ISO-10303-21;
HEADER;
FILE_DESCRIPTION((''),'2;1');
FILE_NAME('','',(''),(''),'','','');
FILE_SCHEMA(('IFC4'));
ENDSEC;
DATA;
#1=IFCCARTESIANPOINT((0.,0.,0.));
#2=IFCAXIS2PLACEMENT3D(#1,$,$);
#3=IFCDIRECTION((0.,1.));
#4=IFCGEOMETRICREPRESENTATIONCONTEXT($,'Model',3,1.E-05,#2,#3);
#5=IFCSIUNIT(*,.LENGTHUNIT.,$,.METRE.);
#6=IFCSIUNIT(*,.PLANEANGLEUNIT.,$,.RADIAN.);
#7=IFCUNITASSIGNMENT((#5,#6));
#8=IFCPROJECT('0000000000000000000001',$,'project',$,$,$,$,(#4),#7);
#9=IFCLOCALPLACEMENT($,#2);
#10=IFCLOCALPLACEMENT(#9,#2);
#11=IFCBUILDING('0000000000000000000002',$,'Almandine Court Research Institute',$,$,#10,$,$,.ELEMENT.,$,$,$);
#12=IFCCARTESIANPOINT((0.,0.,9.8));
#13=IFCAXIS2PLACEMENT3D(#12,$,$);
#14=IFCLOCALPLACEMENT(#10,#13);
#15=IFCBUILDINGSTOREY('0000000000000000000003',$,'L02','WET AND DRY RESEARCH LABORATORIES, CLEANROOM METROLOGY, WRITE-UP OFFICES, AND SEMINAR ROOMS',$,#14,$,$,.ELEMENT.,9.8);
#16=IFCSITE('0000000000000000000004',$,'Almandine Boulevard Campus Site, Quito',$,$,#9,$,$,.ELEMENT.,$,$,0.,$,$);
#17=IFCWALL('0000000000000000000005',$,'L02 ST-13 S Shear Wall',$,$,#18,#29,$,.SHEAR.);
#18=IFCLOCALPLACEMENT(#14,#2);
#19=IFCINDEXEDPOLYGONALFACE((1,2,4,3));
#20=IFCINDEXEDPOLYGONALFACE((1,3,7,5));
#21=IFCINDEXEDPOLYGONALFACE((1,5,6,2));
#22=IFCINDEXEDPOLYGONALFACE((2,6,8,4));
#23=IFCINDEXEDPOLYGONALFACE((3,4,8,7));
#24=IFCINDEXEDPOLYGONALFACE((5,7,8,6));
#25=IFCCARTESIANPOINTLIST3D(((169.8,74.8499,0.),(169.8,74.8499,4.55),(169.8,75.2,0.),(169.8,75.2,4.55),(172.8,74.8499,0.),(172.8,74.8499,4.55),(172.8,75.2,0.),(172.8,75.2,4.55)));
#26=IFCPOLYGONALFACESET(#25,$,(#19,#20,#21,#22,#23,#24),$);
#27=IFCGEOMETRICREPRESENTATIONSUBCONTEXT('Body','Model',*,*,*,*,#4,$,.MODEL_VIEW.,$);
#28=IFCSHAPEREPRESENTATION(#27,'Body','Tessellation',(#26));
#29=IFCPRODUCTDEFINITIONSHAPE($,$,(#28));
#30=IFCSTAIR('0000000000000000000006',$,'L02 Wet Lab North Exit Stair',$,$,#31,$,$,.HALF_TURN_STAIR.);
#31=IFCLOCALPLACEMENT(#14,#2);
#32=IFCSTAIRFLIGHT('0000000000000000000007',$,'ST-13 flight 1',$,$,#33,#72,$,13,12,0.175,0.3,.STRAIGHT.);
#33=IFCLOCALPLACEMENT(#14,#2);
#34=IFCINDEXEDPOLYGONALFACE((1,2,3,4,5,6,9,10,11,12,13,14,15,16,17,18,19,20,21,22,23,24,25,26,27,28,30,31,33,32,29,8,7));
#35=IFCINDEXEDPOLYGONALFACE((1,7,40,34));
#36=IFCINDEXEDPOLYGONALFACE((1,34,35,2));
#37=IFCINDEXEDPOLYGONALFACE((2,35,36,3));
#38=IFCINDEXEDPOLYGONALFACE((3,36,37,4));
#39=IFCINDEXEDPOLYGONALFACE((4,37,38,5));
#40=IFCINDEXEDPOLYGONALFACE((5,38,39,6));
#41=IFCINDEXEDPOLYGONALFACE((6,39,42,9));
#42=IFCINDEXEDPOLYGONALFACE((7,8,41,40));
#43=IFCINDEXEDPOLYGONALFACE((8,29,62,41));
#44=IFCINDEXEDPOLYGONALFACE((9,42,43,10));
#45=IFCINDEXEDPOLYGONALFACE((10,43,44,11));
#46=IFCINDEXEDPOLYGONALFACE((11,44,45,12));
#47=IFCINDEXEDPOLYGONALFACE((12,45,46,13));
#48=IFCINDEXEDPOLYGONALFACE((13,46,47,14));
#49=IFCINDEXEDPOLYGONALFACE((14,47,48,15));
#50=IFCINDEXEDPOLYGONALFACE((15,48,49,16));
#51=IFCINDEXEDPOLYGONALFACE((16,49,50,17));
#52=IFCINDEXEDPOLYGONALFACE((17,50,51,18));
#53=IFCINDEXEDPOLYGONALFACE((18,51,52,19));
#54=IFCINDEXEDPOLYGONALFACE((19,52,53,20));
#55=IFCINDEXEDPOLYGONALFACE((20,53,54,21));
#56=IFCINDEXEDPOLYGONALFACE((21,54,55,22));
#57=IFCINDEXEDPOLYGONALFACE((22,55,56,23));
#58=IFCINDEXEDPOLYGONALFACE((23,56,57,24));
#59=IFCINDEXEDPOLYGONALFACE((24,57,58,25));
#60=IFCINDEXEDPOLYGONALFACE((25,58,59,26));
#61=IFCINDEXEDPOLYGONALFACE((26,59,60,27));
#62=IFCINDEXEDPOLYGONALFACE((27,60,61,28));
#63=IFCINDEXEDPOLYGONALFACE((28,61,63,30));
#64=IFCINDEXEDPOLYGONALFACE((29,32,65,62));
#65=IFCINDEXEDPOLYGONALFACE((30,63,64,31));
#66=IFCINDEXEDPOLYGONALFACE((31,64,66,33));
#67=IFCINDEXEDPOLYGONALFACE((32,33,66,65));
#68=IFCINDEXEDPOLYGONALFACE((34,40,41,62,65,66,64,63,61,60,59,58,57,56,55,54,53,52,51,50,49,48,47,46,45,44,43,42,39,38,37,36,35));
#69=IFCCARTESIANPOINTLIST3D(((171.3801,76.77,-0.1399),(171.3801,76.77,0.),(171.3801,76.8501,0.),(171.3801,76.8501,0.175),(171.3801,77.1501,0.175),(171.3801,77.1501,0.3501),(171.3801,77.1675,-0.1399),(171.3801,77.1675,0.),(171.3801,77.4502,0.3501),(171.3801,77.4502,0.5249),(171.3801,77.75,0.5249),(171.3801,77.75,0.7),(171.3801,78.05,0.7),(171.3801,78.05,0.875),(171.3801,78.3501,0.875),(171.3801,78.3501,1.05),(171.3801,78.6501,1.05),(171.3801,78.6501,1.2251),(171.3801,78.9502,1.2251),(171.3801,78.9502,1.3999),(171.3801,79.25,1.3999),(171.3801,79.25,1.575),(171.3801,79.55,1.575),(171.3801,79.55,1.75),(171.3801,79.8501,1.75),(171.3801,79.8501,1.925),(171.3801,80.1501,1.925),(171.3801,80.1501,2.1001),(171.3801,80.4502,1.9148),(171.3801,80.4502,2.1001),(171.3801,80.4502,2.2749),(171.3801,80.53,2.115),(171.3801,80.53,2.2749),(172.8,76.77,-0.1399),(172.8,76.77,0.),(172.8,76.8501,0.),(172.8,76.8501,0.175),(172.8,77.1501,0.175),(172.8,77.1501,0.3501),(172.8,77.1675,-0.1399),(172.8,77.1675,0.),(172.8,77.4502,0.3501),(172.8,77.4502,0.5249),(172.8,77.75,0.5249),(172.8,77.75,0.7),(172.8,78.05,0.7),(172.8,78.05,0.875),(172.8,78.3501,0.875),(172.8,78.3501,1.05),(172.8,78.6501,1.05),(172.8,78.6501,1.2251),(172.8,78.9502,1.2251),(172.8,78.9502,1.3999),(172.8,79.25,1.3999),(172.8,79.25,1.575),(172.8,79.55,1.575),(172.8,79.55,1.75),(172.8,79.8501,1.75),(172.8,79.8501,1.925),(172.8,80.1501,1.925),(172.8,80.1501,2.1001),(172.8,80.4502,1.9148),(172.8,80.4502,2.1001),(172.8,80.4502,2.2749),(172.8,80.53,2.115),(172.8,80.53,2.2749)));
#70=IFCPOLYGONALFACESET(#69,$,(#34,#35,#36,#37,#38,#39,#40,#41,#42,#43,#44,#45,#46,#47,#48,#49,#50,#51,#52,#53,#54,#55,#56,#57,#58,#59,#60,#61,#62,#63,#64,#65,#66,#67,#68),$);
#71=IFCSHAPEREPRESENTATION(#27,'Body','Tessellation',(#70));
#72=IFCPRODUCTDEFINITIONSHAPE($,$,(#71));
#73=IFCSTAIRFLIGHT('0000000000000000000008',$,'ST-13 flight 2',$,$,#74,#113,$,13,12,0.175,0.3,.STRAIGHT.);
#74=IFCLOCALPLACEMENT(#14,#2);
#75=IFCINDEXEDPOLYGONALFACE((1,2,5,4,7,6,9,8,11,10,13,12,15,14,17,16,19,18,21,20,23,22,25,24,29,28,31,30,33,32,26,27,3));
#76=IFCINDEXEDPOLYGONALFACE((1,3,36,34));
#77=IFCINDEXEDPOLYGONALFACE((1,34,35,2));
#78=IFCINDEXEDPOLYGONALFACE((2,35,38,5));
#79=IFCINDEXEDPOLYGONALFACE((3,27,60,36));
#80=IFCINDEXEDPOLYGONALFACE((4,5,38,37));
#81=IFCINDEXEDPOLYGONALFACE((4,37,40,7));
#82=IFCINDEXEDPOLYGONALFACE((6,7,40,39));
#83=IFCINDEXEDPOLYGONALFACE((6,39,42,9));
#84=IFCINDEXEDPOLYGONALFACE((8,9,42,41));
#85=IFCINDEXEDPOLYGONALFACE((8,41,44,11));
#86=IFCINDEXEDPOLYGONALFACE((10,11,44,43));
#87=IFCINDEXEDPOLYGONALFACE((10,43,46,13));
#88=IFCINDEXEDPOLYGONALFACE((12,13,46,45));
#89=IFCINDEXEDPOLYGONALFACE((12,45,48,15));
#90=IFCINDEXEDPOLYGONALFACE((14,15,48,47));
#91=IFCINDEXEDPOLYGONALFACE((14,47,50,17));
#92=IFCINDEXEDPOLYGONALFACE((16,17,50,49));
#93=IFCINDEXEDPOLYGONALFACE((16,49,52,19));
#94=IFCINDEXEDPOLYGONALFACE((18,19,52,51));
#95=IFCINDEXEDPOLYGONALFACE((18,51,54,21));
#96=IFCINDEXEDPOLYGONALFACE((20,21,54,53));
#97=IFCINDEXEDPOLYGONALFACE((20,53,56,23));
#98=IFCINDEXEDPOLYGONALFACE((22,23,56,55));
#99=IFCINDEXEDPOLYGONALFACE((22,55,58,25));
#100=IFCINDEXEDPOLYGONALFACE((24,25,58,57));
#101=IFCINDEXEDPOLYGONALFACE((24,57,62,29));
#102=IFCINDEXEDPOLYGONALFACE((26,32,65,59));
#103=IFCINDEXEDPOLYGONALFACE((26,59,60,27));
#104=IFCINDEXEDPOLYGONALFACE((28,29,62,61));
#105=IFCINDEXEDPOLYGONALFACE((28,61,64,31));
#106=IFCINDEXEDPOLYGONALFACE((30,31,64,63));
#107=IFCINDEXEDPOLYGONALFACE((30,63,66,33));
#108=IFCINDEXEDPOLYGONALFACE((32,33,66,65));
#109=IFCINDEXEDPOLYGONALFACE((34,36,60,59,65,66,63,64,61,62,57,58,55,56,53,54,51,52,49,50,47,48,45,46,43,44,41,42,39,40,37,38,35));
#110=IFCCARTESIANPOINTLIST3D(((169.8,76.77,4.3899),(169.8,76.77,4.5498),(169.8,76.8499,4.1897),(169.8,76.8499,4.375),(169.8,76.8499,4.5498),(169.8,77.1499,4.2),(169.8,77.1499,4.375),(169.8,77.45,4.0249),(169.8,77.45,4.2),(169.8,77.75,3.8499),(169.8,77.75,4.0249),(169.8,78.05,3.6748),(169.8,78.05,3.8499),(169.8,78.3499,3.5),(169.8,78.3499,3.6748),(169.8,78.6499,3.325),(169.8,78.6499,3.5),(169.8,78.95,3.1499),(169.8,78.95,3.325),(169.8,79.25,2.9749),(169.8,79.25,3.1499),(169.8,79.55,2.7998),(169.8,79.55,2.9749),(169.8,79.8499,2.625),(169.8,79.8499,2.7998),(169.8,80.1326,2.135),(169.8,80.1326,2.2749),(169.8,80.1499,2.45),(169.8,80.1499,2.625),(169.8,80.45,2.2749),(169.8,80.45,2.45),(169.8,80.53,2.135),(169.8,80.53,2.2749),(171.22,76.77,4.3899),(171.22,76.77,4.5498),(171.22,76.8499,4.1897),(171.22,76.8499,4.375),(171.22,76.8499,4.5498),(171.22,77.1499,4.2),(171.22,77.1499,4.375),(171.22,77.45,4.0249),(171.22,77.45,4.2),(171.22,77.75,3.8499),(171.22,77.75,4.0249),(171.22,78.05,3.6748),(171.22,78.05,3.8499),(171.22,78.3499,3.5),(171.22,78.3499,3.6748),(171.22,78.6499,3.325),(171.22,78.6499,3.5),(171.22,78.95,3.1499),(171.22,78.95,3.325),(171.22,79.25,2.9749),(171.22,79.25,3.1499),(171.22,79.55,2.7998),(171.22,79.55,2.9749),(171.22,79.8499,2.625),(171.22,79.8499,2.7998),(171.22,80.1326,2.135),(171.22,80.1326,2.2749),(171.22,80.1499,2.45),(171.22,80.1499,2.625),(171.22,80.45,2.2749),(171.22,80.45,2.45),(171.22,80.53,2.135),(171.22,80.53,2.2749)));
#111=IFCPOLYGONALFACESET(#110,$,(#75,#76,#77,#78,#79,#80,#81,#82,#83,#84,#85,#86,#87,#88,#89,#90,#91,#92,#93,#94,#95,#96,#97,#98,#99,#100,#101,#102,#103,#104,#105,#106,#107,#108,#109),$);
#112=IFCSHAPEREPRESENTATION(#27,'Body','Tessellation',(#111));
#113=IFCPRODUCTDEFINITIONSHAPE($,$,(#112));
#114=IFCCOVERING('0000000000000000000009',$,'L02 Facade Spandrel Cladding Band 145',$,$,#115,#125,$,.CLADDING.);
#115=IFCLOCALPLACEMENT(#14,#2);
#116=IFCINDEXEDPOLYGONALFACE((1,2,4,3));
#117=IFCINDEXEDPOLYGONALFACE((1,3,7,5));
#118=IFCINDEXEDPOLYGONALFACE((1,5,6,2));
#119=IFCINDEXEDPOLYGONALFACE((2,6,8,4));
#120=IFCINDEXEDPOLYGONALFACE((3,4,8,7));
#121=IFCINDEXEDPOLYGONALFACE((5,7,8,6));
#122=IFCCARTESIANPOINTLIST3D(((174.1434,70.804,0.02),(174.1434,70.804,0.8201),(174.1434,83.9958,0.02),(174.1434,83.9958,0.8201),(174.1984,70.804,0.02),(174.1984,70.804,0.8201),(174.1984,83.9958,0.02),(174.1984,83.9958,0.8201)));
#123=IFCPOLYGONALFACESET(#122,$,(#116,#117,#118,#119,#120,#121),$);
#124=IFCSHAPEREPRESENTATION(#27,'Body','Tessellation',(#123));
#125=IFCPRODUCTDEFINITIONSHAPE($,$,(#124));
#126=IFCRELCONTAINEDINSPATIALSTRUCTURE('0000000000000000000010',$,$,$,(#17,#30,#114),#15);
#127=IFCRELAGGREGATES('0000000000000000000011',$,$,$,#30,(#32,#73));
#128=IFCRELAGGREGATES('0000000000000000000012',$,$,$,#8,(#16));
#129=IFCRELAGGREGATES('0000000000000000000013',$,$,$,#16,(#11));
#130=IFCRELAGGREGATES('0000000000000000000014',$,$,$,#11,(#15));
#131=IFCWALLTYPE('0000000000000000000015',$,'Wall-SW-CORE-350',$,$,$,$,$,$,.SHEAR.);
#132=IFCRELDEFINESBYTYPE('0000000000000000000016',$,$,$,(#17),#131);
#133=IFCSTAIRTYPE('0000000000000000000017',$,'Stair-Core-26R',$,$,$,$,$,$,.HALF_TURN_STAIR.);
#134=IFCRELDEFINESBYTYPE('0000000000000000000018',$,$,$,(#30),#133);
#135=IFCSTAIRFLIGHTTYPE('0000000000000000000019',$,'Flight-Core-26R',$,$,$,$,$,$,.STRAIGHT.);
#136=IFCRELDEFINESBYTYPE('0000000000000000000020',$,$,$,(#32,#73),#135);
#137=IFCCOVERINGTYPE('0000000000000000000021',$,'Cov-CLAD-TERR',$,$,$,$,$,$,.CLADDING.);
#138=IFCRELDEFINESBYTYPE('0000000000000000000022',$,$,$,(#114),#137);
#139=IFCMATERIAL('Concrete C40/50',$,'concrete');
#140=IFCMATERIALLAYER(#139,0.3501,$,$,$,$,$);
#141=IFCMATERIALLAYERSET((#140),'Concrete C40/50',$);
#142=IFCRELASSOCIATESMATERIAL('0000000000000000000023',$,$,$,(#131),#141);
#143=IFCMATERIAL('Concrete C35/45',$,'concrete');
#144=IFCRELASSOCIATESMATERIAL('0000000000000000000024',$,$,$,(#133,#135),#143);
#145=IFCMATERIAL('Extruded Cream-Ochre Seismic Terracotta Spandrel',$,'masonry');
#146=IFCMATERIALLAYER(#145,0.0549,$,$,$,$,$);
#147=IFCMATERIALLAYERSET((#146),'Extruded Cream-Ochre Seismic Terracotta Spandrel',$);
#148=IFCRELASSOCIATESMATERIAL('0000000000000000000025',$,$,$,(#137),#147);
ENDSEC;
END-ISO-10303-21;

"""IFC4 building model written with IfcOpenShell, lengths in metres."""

from ifc_helpers import new_model, si_unit, direction, frame, frame_2d, origin, origin_2d, place, context, subcontext, project, spatial, polyline, rectangle, outline, extrude, material, layer, layer_set, type_object, element, aggregate, save


model = new_model("IFC4")

# Units and contexts
model_context = context("Model", 3, precision=1e-05, world=origin(), true_north=direction((0.0, 1.0)))
body_context = subcontext(model_context, "Body", "Model", "MODEL_VIEW")
ifc_project = project(units=[si_unit("LENGTHUNIT", "METRE"), si_unit("PLANEANGLEUNIT", "RADIAN")], contexts=[model_context])

# Site, building, storey
site_placement = place(None, origin())
site = spatial("IfcSite", under=ifc_project, at=site_placement, Name="Almandine Boulevard Campus Site, Quito", CompositionType="ELEMENT", RefElevation=0.0)
building_placement = place(site_placement, origin())
building = spatial("IfcBuilding", under=site, at=building_placement, Name="Almandine Court Research Institute", CompositionType="ELEMENT")
storey_placement = place(building_placement, frame((0.0, 0.0, 9.8)))
storey = spatial("IfcBuildingStorey", under=building, at=storey_placement, Name="L02", Description="WET AND DRY RESEARCH LABORATORIES, CLEANROOM METROLOGY, WRITE-UP OFFICES, AND SEMINAR ROOMS", CompositionType="ELEMENT", Elevation=9.8)

# Wall
ifc_material_1 = material(Name="Concrete C40/50", Category="concrete")
ifc_layer_1 = layer(ifc_material_1, 0.3501)
ifc_layer_set_1 = layer_set([ifc_layer_1], Name="Concrete C40/50")
wall_type = type_object("IfcWallType", Name="Wall-SW-CORE-350", PredefinedType="SHEAR", material=ifc_layer_set_1)
wall_placement = place(storey_placement, frame((172.8, 75.0249, 0.0), z_axis=(0.0, 0.0, 1.0), x_axis=(-1.0, 0.0, 0.0)))
element("IfcWall", 1, at=wall_placement, inside=storey, type_object=wall_type, Name="L02 ST-13 S Shear Wall", PredefinedType="SHEAR", context=body_context, shape_type="SweptSolid", body=[
    extrude(rectangle(XDim=3.0, YDim=0.3501, at=frame_2d((1.5, 0.0))), origin(), (0.0, 0.0, 1.0), 4.55),
])

# Stair, stair flights
ifc_material_2 = material(Name="Concrete C35/45", Category="concrete")
stair_type = type_object("IfcStairType", Name="Stair-Core-26R", PredefinedType="HALF_TURN_STAIR", material=ifc_material_2)
stair_placement = place(storey_placement, origin())
stair = element("IfcStair", 2, at=stair_placement, inside=storey, type_object=stair_type, Name="L02 Wet Lab North Exit Stair", PredefinedType="HALF_TURN_STAIR")
stair_flight_type = type_object("IfcStairFlightType", Name="Flight-Core-26R", PredefinedType="STRAIGHT", material=ifc_material_2)
stair_flight_1_placement = place(storey_placement, frame((172.0901, 76.8501, 0.0), z_axis=(0.0, 0.0, 1.0), x_axis=(0.0, 1.0, 0.0)))
stair_flight_1 = element("IfcStairFlight", 3, at=stair_flight_1_placement, type_object=stair_flight_type, Name="ST-13 flight 1", NumberOfRisers=13, NumberOfTreads=12, PredefinedType="STRAIGHT", RiserHeight=0.175, TreadLength=0.3, context=body_context, shape_type="SweptSolid", body=[
    extrude(outline(polyline([(-0.0801, -0.1399), (-0.0801, 0.0), (0.0, 0.0), (0.0, 0.175), (0.3, 0.175), (0.3, 0.3501), (0.6001, 0.3501), (0.6001, 0.5249), (0.8999, 0.5249), (0.8999, 0.7), (1.2, 0.7), (1.2, 0.875), (1.5, 0.875), (1.5, 1.05), (1.8, 1.05), (1.8, 1.2251), (2.1001, 1.2251), (2.1001, 1.3999), (2.3999, 1.3999), (2.3999, 1.575), (2.7, 1.575), (2.7, 1.75), (3.0, 1.75), (3.0, 1.925), (3.3, 1.925), (3.3, 2.1001), (3.6001, 2.1001), (3.6001, 2.2749), (3.6799, 2.2749), (3.6799, 2.115), (3.6001, 1.9148), (0.3174, 0.0), (0.3174, -0.1399), (-0.0801, -0.1399)])), frame((0.0, 0.71, 0.0), z_axis=(0.0, -1.0, 0.0), x_axis=(1.0, 0.0, 0.0)), (0.0, 0.0, 1.0), 1.4199),
])
stair_flight_2_placement = place(storey_placement, frame((170.51, 80.45, 2.2749), z_axis=(0.0, 0.0, 1.0), x_axis=(0.0, -1.0, 0.0)))
stair_flight_2 = element("IfcStairFlight", 4, at=stair_flight_2_placement, type_object=stair_flight_type, Name="ST-13 flight 2", NumberOfRisers=13, NumberOfTreads=12, PredefinedType="STRAIGHT", RiserHeight=0.175, TreadLength=0.3, context=body_context, shape_type="SweptSolid", body=[
    extrude(outline(polyline([(-0.0801, -0.1399), (-0.0801, 0.0), (0.0, 0.0), (0.0, 0.175), (0.3, 0.175), (0.3, 0.3501), (0.6001, 0.3501), (0.6001, 0.5249), (0.8999, 0.5249), (0.8999, 0.7), (1.2, 0.7), (1.2, 0.875), (1.5, 0.875), (1.5, 1.05), (1.8, 1.05), (1.8, 1.2251), (2.1001, 1.2251), (2.1001, 1.3999), (2.3999, 1.3999), (2.3999, 1.575), (2.7, 1.575), (2.7, 1.75), (3.0, 1.75), (3.0, 1.925), (3.3, 1.925), (3.3, 2.1001), (3.6001, 2.1001), (3.6001, 2.2749), (3.6799, 2.2749), (3.6799, 2.115), (3.6001, 1.9148), (0.3174, 0.0), (0.3174, -0.1399), (-0.0801, -0.1399)])), frame((0.0, 0.71, 0.0), z_axis=(0.0, -1.0, 0.0), x_axis=(1.0, 0.0, 0.0)), (0.0, 0.0, 1.0), 1.4199),
])
aggregate(stair, [stair_flight_1, stair_flight_2])

# Covering
ifc_material_3 = material(Name="Extruded Cream-Ochre Seismic Terracotta Spandrel", Category="masonry")
ifc_layer_2 = layer(ifc_material_3, 0.0549)
ifc_layer_set_2 = layer_set([ifc_layer_2], Name="Extruded Cream-Ochre Seismic Terracotta Spandrel")
covering_type = type_object("IfcCoveringType", Name="Cov-CLAD-TERR", PredefinedType="CLADDING", material=ifc_layer_set_2)
covering_placement = place(storey_placement, frame((174.1709, 77.3999, 0.02), z_axis=(0.0, 0.0, 1.0), x_axis=(0.0, -1.0, 0.0)))
element("IfcCovering", 5, at=covering_placement, inside=storey, type_object=covering_type, Name="L02 Facade Spandrel Cladding Band 145", PredefinedType="CLADDING", context=body_context, shape_type="SweptSolid", body=[
    extrude(rectangle(XDim=13.1919, YDim=0.0549, at=origin_2d()), origin(), (0.0, 0.0, 1.0), 0.8),
])

save(model, "model.ifc")
